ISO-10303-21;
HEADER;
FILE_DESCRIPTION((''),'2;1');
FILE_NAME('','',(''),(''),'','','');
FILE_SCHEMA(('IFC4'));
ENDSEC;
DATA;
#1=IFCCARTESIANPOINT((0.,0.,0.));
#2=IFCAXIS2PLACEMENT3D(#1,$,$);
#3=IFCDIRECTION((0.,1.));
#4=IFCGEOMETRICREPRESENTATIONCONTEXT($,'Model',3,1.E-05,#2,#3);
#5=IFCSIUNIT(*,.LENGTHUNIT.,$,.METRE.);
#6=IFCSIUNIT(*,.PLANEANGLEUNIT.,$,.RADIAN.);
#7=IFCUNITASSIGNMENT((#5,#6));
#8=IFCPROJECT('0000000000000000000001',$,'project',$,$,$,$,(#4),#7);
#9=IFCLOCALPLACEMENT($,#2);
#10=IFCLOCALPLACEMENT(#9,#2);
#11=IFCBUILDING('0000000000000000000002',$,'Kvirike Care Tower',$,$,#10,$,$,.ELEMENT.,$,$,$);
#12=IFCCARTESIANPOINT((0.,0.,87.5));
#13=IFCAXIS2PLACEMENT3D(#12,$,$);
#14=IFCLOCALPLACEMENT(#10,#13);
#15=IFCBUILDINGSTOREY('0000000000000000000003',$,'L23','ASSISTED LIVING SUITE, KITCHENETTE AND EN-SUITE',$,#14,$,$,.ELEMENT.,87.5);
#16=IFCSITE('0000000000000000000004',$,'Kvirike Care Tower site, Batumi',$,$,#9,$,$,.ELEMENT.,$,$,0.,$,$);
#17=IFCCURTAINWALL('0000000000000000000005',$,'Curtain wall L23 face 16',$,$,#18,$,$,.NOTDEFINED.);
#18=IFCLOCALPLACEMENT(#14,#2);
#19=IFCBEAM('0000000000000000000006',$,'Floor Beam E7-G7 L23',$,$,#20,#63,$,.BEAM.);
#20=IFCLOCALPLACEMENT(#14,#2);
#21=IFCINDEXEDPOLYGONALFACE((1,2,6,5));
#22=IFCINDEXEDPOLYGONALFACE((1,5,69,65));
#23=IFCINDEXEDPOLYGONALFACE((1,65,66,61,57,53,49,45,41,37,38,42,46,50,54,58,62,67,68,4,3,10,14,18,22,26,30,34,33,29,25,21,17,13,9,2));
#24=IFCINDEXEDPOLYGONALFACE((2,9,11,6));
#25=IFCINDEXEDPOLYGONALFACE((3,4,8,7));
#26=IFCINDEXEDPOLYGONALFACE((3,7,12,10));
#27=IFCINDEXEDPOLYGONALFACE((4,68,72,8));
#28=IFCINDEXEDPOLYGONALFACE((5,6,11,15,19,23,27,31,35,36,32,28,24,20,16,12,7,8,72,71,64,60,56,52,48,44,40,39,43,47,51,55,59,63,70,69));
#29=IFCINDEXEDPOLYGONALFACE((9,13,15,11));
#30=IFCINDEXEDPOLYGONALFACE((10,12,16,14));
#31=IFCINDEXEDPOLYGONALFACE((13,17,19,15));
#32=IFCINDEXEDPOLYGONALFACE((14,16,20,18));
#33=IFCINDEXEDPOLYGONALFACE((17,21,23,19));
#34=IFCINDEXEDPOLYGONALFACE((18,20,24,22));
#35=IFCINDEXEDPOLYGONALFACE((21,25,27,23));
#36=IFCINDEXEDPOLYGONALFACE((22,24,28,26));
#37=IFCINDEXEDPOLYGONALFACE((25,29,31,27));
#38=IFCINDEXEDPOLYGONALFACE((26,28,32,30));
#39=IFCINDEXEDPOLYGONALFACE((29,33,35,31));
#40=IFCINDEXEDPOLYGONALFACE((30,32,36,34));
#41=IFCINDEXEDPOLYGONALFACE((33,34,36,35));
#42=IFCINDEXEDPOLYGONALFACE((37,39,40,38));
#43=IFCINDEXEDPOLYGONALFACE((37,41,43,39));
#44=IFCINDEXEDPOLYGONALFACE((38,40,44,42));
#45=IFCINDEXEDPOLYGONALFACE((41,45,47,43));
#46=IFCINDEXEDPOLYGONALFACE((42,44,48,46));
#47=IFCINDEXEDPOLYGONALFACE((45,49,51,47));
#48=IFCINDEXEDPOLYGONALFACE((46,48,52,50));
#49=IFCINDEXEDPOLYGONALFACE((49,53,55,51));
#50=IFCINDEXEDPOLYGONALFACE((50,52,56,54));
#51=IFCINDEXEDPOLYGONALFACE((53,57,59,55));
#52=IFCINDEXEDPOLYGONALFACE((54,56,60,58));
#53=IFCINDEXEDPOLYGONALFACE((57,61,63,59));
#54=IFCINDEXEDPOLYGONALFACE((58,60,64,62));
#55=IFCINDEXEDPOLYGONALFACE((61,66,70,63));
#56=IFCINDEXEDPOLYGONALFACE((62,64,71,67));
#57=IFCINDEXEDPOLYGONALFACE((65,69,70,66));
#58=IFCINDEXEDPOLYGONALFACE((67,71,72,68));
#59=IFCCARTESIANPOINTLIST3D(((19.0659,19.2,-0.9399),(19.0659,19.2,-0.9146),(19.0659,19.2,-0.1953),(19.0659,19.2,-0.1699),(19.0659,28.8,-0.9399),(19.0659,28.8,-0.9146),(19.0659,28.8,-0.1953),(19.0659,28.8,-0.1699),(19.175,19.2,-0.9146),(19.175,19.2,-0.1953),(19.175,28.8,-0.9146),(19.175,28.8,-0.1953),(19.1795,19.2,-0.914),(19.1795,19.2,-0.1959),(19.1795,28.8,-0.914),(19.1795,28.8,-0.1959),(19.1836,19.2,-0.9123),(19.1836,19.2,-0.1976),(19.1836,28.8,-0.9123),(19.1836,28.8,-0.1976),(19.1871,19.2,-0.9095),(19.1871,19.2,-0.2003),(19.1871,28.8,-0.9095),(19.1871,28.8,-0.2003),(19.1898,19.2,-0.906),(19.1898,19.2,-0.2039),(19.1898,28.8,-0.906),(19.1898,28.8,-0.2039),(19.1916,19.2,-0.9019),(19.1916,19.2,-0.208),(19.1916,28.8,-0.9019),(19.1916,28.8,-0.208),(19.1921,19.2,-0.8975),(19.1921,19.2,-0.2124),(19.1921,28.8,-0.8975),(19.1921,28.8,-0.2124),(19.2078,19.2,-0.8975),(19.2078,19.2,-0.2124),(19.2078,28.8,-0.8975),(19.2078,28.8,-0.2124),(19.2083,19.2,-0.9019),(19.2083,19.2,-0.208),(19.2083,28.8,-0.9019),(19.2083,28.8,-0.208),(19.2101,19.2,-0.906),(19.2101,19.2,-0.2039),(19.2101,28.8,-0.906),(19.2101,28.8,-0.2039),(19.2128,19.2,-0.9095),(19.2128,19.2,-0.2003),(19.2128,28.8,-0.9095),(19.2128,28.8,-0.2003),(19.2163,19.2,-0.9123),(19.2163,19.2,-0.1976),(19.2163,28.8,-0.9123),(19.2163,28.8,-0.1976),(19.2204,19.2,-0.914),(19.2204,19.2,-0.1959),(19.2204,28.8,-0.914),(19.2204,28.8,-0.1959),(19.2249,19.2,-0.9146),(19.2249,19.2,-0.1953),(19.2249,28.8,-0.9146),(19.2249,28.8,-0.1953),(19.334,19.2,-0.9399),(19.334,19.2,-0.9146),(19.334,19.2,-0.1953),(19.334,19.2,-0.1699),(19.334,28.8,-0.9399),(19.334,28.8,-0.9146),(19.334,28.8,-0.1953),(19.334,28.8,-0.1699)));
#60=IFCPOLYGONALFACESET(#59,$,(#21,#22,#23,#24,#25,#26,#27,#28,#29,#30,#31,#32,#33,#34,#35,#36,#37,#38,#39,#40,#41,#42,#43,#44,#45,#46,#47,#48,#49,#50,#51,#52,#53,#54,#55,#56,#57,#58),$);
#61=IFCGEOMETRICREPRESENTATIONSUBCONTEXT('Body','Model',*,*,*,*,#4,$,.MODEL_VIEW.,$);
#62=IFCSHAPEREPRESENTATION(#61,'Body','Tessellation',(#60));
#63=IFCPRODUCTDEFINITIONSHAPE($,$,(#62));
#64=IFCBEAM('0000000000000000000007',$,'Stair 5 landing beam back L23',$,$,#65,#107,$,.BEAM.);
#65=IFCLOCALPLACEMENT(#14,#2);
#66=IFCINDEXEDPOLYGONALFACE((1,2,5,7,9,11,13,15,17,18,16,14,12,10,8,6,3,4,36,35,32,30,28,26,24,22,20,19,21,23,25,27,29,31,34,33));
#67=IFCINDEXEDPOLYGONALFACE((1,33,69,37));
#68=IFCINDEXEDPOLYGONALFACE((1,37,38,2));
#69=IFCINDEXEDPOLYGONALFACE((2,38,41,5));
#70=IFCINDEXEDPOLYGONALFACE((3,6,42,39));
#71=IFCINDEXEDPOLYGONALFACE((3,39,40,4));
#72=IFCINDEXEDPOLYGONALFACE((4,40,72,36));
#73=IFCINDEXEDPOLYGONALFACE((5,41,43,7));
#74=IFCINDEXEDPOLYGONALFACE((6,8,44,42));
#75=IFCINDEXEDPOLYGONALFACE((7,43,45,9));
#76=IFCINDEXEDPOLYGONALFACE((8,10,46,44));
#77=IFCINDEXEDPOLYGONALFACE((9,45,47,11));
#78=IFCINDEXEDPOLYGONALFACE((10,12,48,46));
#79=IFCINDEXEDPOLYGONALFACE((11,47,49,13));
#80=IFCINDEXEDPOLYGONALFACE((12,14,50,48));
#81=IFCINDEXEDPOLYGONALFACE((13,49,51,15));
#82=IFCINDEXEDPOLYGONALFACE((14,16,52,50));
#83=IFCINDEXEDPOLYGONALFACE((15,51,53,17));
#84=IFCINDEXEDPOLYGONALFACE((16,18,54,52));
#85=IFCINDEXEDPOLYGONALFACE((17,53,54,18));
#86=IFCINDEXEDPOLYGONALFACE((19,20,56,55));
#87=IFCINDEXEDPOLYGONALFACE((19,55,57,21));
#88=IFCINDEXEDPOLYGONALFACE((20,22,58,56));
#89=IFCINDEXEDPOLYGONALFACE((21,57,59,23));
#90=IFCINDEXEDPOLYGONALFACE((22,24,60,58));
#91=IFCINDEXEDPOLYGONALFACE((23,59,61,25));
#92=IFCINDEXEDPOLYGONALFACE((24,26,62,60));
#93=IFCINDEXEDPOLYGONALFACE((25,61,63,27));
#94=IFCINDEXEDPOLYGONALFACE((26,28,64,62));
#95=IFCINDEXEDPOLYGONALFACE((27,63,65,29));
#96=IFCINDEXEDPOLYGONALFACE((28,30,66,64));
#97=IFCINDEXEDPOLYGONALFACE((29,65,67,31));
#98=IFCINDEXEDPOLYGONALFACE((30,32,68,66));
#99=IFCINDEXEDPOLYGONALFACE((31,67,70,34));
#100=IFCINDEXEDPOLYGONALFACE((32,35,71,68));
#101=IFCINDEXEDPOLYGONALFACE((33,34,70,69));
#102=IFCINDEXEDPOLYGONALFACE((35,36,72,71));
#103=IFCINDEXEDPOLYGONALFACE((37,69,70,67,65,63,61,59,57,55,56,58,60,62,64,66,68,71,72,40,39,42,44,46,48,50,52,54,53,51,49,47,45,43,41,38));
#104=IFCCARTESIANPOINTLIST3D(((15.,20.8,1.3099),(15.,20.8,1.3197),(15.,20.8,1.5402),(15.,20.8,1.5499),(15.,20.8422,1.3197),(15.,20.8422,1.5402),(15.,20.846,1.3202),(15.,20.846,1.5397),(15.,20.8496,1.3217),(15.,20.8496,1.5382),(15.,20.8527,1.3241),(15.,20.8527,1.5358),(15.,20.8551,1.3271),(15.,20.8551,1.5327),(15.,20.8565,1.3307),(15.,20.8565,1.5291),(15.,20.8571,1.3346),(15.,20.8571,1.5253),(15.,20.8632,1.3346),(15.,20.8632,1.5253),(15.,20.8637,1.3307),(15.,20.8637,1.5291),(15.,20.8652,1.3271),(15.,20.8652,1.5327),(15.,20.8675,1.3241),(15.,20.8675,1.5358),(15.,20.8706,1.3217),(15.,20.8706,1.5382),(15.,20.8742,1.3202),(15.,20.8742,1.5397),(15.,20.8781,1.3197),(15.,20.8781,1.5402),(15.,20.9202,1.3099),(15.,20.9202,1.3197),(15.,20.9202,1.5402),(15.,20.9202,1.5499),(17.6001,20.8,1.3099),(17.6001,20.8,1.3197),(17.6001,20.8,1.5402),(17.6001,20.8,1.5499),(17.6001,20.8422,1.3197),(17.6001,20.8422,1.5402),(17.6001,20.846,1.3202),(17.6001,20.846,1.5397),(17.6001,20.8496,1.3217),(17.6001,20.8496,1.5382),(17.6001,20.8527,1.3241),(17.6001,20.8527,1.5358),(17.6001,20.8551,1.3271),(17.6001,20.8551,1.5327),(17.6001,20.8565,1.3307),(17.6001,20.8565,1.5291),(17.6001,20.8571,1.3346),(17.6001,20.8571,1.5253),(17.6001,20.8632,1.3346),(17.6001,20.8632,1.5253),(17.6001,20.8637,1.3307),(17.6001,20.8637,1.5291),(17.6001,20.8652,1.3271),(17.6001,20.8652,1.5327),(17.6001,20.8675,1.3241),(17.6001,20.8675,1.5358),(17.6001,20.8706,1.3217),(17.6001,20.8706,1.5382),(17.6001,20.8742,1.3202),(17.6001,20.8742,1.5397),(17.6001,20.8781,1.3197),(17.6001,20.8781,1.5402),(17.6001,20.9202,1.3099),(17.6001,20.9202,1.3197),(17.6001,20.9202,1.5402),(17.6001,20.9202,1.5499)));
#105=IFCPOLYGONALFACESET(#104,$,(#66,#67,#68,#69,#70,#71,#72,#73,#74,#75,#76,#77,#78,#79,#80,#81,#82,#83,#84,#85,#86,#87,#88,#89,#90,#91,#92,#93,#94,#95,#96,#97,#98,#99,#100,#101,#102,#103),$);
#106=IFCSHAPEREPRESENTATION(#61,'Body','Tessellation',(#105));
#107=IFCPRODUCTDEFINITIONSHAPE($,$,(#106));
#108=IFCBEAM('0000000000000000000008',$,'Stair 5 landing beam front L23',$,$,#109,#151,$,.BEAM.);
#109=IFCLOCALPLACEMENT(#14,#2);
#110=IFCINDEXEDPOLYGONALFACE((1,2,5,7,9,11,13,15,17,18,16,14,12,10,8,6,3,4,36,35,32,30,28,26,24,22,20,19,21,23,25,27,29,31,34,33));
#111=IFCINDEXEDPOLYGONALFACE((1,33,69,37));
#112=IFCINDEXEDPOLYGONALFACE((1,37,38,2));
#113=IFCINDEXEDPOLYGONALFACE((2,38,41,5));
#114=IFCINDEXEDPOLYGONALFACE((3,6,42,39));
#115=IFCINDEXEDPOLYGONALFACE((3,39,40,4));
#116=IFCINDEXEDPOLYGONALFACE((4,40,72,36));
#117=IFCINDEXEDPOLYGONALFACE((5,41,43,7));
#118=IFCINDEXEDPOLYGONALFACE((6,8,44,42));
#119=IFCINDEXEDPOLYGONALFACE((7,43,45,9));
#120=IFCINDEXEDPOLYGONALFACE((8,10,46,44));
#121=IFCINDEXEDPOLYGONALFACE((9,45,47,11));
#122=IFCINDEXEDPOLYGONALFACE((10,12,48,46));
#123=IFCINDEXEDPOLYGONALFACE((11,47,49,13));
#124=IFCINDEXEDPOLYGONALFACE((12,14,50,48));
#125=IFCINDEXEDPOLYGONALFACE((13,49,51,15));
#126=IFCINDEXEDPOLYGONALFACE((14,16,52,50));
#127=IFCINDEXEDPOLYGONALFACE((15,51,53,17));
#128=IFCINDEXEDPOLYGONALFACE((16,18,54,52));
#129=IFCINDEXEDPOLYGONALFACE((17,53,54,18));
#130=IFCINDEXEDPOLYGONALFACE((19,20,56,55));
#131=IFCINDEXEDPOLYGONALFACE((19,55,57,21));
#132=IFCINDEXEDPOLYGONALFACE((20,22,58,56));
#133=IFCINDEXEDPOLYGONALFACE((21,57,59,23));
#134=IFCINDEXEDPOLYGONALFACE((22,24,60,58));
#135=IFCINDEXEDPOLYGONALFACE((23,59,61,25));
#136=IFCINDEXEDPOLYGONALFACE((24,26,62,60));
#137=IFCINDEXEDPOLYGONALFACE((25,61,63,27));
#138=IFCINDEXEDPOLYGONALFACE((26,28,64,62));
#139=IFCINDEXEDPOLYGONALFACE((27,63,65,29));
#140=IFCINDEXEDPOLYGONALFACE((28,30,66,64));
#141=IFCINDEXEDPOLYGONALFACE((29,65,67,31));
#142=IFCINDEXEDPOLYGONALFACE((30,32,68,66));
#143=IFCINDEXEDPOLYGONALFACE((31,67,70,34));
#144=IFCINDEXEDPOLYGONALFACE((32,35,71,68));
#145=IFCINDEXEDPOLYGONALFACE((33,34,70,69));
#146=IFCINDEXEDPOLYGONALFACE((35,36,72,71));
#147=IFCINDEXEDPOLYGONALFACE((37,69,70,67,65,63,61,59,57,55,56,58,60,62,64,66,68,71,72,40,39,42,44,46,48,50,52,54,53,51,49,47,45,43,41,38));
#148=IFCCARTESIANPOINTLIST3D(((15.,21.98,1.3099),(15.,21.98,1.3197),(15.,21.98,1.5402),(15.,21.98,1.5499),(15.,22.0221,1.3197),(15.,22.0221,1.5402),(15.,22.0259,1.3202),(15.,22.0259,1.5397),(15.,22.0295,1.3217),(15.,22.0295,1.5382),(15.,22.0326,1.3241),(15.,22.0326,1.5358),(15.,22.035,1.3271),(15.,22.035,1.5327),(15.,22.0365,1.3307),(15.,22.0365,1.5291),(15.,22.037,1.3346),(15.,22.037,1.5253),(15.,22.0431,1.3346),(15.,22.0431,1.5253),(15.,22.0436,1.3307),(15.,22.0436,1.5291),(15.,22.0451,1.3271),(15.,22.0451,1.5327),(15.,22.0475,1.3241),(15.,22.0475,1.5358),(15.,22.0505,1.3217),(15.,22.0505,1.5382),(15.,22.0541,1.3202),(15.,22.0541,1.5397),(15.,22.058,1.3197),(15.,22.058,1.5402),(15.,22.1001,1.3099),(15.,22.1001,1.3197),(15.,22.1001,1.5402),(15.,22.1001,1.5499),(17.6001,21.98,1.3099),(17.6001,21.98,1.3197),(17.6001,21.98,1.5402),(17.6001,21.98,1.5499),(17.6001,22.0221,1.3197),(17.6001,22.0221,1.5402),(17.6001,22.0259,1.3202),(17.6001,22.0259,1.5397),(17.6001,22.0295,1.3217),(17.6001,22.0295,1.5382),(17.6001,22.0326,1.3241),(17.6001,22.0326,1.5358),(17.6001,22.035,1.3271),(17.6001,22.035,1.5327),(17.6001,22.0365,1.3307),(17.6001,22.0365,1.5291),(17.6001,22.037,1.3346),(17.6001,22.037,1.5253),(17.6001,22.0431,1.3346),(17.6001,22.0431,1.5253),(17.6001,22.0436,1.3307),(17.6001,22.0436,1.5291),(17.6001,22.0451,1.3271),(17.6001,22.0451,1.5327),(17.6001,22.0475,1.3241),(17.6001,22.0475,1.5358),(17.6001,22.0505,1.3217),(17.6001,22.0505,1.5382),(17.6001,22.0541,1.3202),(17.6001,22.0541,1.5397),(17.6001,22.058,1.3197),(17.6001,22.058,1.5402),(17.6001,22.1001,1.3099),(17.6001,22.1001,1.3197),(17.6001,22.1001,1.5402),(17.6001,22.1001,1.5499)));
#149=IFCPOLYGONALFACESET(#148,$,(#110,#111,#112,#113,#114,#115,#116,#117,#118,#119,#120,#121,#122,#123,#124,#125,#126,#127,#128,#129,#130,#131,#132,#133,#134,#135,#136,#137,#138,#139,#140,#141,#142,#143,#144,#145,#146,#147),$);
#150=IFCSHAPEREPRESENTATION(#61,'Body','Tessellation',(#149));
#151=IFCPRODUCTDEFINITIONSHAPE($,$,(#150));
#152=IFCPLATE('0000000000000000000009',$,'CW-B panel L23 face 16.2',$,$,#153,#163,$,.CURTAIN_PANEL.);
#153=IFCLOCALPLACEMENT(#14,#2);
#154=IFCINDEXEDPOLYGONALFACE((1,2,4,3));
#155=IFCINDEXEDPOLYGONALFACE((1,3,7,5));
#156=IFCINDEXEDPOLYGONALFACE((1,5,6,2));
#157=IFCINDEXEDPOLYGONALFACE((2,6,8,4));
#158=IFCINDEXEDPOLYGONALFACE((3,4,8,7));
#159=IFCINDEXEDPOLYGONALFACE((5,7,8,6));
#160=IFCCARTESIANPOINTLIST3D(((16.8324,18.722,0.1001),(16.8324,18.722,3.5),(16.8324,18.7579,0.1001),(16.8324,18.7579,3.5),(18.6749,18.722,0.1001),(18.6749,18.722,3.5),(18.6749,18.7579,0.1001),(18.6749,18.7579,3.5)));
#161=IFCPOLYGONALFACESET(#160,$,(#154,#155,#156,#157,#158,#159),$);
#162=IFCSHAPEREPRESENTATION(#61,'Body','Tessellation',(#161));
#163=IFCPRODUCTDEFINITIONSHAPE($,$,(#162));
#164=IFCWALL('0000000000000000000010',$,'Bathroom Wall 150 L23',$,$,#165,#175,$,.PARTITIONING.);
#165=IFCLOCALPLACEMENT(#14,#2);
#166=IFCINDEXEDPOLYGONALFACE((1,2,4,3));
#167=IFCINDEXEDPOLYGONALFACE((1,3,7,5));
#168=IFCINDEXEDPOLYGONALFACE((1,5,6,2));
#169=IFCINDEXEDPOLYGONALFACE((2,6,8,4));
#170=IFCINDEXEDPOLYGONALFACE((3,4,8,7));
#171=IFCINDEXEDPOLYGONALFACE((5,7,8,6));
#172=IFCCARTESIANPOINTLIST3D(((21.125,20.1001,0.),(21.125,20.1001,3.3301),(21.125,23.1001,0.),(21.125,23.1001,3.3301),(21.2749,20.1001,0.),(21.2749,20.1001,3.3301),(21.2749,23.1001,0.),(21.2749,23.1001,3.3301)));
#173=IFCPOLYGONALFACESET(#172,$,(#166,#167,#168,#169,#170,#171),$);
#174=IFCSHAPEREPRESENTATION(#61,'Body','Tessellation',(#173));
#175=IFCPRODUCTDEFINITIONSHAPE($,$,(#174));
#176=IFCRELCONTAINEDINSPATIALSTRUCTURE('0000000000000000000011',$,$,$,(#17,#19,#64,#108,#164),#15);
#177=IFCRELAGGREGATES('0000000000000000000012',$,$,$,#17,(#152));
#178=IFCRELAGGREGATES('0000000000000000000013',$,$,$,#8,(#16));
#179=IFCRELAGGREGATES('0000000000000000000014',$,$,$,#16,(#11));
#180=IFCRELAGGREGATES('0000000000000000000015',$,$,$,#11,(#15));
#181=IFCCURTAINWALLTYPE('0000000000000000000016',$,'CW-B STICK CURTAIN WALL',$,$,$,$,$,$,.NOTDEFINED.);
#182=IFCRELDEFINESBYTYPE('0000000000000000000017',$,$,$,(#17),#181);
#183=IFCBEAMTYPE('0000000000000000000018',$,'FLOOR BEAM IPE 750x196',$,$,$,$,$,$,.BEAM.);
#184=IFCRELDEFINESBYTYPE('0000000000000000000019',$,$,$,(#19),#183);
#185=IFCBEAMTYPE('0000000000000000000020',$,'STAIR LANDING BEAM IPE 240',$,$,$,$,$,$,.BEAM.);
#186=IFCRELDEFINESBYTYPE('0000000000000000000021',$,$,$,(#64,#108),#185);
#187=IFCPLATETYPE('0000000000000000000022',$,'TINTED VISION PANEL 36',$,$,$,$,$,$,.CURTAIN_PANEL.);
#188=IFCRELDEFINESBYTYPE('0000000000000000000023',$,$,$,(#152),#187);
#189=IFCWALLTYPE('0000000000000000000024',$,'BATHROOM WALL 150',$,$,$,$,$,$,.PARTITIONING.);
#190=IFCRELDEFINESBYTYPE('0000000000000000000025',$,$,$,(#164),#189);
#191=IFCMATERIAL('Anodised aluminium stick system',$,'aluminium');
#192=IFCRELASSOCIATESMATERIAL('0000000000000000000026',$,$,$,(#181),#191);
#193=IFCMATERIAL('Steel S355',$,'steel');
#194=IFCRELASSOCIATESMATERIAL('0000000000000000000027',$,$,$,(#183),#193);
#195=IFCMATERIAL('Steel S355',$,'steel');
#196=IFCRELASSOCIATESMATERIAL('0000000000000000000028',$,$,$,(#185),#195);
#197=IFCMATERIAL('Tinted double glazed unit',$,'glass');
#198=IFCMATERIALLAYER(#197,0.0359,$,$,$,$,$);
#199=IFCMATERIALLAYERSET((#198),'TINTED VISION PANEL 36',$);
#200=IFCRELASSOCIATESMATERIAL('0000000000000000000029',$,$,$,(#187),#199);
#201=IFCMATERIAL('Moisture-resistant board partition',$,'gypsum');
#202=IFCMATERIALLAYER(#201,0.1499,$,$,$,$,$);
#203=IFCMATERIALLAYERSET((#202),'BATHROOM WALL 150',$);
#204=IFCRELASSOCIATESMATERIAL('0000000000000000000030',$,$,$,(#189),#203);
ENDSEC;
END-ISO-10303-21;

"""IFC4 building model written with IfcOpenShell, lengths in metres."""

from ifc_helpers import new_model, si_unit, direction, frame, frame_2d, origin, origin_2d, place, context, subcontext, project, spatial, rectangle, i_section, extrude, material, layer, layer_set, material_profile, profile_set, type_object, element, aggregate, save


model = new_model("IFC4")

# Units and contexts
model_context = context("Model", 3, precision=1e-05, world=origin(), true_north=direction((0.0, 1.0)))
body_context = subcontext(model_context, "Body", "Model", "MODEL_VIEW")
ifc_project = project(units=[si_unit("LENGTHUNIT", "METRE"), si_unit("PLANEANGLEUNIT", "RADIAN")], contexts=[model_context])

# Site, building, storey
site_placement = place(None, origin())
site = spatial("IfcSite", under=ifc_project, at=site_placement, Name="Kvirike Care Tower site, Batumi", CompositionType="ELEMENT", RefElevation=0.0)
building_placement = place(site_placement, origin())
building = spatial("IfcBuilding", under=site, at=building_placement, Name="Kvirike Care Tower", CompositionType="ELEMENT")
storey_placement = place(building_placement, frame((0.0, 0.0, 87.5)))
storey = spatial("IfcBuildingStorey", under=building, at=storey_placement, Name="L23", Description="ASSISTED LIVING SUITE, KITCHENETTE AND EN-SUITE", CompositionType="ELEMENT", Elevation=87.5)

# Curtain wall
ifc_material_1 = material(Name="Anodised aluminium stick system", Category="aluminium")
curtain_wall_type = type_object("IfcCurtainWallType", Name="CW-B STICK CURTAIN WALL", PredefinedType="NOTDEFINED", material=ifc_material_1)
curtain_wall_placement = place(storey_placement, origin())
curtain_wall = element("IfcCurtainWall", 1, at=curtain_wall_placement, inside=storey, type_object=curtain_wall_type, Name="Curtain wall L23 face 16", PredefinedType="NOTDEFINED")

# Beams
ifc_material_2 = material(Name="Steel S355", Category="steel")
ifc_material_profile_1 = material_profile(ifc_material_2, i_section(OverallWidth=0.2681, OverallDepth=0.77, WebThickness=0.0156, FlangeThickness=0.0254, FilletRadius=0.0171, at=origin_2d()), Name="IPE 750x196")
ifc_profile_set_1 = profile_set([ifc_material_profile_1], Name="Steel S355")
beam_type_1 = type_object("IfcBeamType", Name="FLOOR BEAM IPE 750x196", PredefinedType="BEAM", material=ifc_profile_set_1)
for number, where, z_axis, x_axis, name in (
    (2, (19.2, 19.2, -0.5549), (0.0, 1.0, 0.0), (-1.0, 0.0, 0.0), "Floor Beam E7-G7 L23"),
):
    element("IfcBeam", number, at=place(storey_placement, frame(where, z_axis=z_axis, x_axis=x_axis)), inside=storey, type_object=beam_type_1, Name=name, PredefinedType="BEAM", context=body_context, shape_type="SweptSolid", body=[
        extrude(i_section(OverallWidth=0.2681, OverallDepth=0.77, WebThickness=0.0156, FlangeThickness=0.0254, FilletRadius=0.0171, at=origin_2d()), origin(), (0.0, 0.0, 1.0), 9.6001),
    ])
ifc_material_3 = material(Name="Steel S355", Category="steel")
ifc_material_profile_2 = material_profile(ifc_material_3, i_section(OverallWidth=0.1201, OverallDepth=0.24, WebThickness=0.0061, FlangeThickness=0.0098, FilletRadius=0.0149, at=origin_2d()), Name="IPE 240")
ifc_profile_set_2 = profile_set([ifc_material_profile_2], Name="Steel S355")
beam_type_2 = type_object("IfcBeamType", Name="STAIR LANDING BEAM IPE 240", PredefinedType="BEAM", material=ifc_profile_set_2)
for number, where, z_axis, x_axis, name in (
    (3, (15.0, 20.8601, 1.4299), (1.0, 0.0, 0.0), (0.0, 1.0, 0.0), "Stair 5 landing beam back L23"),
    (4, (15.0, 22.04, 1.4299), (1.0, 0.0, 0.0), (0.0, 1.0, 0.0), "Stair 5 landing beam front L23"),
):
    element("IfcBeam", number, at=place(storey_placement, frame(where, z_axis=z_axis, x_axis=x_axis)), inside=storey, type_object=beam_type_2, Name=name, PredefinedType="BEAM", context=body_context, shape_type="SweptSolid", body=[
        extrude(i_section(OverallWidth=0.1201, OverallDepth=0.24, WebThickness=0.0061, FlangeThickness=0.0098, FilletRadius=0.0149, at=origin_2d()), origin(), (0.0, 0.0, 1.0), 2.6001),
    ])

# Plate
ifc_material_4 = material(Name="Tinted double glazed unit", Category="glass")
ifc_layer_1 = layer(ifc_material_4, 0.0359)
ifc_layer_set_1 = layer_set([ifc_layer_1], Name="TINTED VISION PANEL 36")
plate_type = type_object("IfcPlateType", Name="TINTED VISION PANEL 36", PredefinedType="CURTAIN_PANEL", material=ifc_layer_set_1)
plate_placement = place(storey_placement, frame((17.7537, 18.74, 0.1001), z_axis=(0.0, 0.0, 1.0), x_axis=(1.0, 0.0, 0.0)))
plate = element("IfcPlate", 5, at=plate_placement, type_object=plate_type, Name="CW-B panel L23 face 16.2", PredefinedType="CURTAIN_PANEL", context=body_context, shape_type="SweptSolid", body=[
    extrude(rectangle(XDim=1.8425, YDim=0.0359, at=origin_2d()), origin(), (0.0, 0.0, 1.0), 3.3999),
])
aggregate(curtain_wall, [plate])

# Wall
ifc_material_5 = material(Name="Moisture-resistant board partition", Category="gypsum")
ifc_layer_2 = layer(ifc_material_5, 0.1499)
ifc_layer_set_2 = layer_set([ifc_layer_2], Name="BATHROOM WALL 150")
wall_type_1 = type_object("IfcWallType", Name="BATHROOM WALL 150", PredefinedType="PARTITIONING", material=ifc_layer_set_2)
wall_1_placement = place(storey_placement, frame((21.2, 20.1001, 0.0), z_axis=(0.0, 0.0, 1.0), x_axis=(0.0, 1.0, 0.0)))
element("IfcWall", 6, at=wall_1_placement, inside=storey, type_object=wall_type_1, Name="Bathroom Wall 150 L23", PredefinedType="PARTITIONING", context=body_context, shape_type="SweptSolid", body=[
    extrude(rectangle(XDim=3.0, YDim=0.1499, at=frame_2d((1.5, 0.0))), origin(), (0.0, 0.0, 1.0), 3.3301),
])

save(model, "model.ifc")
